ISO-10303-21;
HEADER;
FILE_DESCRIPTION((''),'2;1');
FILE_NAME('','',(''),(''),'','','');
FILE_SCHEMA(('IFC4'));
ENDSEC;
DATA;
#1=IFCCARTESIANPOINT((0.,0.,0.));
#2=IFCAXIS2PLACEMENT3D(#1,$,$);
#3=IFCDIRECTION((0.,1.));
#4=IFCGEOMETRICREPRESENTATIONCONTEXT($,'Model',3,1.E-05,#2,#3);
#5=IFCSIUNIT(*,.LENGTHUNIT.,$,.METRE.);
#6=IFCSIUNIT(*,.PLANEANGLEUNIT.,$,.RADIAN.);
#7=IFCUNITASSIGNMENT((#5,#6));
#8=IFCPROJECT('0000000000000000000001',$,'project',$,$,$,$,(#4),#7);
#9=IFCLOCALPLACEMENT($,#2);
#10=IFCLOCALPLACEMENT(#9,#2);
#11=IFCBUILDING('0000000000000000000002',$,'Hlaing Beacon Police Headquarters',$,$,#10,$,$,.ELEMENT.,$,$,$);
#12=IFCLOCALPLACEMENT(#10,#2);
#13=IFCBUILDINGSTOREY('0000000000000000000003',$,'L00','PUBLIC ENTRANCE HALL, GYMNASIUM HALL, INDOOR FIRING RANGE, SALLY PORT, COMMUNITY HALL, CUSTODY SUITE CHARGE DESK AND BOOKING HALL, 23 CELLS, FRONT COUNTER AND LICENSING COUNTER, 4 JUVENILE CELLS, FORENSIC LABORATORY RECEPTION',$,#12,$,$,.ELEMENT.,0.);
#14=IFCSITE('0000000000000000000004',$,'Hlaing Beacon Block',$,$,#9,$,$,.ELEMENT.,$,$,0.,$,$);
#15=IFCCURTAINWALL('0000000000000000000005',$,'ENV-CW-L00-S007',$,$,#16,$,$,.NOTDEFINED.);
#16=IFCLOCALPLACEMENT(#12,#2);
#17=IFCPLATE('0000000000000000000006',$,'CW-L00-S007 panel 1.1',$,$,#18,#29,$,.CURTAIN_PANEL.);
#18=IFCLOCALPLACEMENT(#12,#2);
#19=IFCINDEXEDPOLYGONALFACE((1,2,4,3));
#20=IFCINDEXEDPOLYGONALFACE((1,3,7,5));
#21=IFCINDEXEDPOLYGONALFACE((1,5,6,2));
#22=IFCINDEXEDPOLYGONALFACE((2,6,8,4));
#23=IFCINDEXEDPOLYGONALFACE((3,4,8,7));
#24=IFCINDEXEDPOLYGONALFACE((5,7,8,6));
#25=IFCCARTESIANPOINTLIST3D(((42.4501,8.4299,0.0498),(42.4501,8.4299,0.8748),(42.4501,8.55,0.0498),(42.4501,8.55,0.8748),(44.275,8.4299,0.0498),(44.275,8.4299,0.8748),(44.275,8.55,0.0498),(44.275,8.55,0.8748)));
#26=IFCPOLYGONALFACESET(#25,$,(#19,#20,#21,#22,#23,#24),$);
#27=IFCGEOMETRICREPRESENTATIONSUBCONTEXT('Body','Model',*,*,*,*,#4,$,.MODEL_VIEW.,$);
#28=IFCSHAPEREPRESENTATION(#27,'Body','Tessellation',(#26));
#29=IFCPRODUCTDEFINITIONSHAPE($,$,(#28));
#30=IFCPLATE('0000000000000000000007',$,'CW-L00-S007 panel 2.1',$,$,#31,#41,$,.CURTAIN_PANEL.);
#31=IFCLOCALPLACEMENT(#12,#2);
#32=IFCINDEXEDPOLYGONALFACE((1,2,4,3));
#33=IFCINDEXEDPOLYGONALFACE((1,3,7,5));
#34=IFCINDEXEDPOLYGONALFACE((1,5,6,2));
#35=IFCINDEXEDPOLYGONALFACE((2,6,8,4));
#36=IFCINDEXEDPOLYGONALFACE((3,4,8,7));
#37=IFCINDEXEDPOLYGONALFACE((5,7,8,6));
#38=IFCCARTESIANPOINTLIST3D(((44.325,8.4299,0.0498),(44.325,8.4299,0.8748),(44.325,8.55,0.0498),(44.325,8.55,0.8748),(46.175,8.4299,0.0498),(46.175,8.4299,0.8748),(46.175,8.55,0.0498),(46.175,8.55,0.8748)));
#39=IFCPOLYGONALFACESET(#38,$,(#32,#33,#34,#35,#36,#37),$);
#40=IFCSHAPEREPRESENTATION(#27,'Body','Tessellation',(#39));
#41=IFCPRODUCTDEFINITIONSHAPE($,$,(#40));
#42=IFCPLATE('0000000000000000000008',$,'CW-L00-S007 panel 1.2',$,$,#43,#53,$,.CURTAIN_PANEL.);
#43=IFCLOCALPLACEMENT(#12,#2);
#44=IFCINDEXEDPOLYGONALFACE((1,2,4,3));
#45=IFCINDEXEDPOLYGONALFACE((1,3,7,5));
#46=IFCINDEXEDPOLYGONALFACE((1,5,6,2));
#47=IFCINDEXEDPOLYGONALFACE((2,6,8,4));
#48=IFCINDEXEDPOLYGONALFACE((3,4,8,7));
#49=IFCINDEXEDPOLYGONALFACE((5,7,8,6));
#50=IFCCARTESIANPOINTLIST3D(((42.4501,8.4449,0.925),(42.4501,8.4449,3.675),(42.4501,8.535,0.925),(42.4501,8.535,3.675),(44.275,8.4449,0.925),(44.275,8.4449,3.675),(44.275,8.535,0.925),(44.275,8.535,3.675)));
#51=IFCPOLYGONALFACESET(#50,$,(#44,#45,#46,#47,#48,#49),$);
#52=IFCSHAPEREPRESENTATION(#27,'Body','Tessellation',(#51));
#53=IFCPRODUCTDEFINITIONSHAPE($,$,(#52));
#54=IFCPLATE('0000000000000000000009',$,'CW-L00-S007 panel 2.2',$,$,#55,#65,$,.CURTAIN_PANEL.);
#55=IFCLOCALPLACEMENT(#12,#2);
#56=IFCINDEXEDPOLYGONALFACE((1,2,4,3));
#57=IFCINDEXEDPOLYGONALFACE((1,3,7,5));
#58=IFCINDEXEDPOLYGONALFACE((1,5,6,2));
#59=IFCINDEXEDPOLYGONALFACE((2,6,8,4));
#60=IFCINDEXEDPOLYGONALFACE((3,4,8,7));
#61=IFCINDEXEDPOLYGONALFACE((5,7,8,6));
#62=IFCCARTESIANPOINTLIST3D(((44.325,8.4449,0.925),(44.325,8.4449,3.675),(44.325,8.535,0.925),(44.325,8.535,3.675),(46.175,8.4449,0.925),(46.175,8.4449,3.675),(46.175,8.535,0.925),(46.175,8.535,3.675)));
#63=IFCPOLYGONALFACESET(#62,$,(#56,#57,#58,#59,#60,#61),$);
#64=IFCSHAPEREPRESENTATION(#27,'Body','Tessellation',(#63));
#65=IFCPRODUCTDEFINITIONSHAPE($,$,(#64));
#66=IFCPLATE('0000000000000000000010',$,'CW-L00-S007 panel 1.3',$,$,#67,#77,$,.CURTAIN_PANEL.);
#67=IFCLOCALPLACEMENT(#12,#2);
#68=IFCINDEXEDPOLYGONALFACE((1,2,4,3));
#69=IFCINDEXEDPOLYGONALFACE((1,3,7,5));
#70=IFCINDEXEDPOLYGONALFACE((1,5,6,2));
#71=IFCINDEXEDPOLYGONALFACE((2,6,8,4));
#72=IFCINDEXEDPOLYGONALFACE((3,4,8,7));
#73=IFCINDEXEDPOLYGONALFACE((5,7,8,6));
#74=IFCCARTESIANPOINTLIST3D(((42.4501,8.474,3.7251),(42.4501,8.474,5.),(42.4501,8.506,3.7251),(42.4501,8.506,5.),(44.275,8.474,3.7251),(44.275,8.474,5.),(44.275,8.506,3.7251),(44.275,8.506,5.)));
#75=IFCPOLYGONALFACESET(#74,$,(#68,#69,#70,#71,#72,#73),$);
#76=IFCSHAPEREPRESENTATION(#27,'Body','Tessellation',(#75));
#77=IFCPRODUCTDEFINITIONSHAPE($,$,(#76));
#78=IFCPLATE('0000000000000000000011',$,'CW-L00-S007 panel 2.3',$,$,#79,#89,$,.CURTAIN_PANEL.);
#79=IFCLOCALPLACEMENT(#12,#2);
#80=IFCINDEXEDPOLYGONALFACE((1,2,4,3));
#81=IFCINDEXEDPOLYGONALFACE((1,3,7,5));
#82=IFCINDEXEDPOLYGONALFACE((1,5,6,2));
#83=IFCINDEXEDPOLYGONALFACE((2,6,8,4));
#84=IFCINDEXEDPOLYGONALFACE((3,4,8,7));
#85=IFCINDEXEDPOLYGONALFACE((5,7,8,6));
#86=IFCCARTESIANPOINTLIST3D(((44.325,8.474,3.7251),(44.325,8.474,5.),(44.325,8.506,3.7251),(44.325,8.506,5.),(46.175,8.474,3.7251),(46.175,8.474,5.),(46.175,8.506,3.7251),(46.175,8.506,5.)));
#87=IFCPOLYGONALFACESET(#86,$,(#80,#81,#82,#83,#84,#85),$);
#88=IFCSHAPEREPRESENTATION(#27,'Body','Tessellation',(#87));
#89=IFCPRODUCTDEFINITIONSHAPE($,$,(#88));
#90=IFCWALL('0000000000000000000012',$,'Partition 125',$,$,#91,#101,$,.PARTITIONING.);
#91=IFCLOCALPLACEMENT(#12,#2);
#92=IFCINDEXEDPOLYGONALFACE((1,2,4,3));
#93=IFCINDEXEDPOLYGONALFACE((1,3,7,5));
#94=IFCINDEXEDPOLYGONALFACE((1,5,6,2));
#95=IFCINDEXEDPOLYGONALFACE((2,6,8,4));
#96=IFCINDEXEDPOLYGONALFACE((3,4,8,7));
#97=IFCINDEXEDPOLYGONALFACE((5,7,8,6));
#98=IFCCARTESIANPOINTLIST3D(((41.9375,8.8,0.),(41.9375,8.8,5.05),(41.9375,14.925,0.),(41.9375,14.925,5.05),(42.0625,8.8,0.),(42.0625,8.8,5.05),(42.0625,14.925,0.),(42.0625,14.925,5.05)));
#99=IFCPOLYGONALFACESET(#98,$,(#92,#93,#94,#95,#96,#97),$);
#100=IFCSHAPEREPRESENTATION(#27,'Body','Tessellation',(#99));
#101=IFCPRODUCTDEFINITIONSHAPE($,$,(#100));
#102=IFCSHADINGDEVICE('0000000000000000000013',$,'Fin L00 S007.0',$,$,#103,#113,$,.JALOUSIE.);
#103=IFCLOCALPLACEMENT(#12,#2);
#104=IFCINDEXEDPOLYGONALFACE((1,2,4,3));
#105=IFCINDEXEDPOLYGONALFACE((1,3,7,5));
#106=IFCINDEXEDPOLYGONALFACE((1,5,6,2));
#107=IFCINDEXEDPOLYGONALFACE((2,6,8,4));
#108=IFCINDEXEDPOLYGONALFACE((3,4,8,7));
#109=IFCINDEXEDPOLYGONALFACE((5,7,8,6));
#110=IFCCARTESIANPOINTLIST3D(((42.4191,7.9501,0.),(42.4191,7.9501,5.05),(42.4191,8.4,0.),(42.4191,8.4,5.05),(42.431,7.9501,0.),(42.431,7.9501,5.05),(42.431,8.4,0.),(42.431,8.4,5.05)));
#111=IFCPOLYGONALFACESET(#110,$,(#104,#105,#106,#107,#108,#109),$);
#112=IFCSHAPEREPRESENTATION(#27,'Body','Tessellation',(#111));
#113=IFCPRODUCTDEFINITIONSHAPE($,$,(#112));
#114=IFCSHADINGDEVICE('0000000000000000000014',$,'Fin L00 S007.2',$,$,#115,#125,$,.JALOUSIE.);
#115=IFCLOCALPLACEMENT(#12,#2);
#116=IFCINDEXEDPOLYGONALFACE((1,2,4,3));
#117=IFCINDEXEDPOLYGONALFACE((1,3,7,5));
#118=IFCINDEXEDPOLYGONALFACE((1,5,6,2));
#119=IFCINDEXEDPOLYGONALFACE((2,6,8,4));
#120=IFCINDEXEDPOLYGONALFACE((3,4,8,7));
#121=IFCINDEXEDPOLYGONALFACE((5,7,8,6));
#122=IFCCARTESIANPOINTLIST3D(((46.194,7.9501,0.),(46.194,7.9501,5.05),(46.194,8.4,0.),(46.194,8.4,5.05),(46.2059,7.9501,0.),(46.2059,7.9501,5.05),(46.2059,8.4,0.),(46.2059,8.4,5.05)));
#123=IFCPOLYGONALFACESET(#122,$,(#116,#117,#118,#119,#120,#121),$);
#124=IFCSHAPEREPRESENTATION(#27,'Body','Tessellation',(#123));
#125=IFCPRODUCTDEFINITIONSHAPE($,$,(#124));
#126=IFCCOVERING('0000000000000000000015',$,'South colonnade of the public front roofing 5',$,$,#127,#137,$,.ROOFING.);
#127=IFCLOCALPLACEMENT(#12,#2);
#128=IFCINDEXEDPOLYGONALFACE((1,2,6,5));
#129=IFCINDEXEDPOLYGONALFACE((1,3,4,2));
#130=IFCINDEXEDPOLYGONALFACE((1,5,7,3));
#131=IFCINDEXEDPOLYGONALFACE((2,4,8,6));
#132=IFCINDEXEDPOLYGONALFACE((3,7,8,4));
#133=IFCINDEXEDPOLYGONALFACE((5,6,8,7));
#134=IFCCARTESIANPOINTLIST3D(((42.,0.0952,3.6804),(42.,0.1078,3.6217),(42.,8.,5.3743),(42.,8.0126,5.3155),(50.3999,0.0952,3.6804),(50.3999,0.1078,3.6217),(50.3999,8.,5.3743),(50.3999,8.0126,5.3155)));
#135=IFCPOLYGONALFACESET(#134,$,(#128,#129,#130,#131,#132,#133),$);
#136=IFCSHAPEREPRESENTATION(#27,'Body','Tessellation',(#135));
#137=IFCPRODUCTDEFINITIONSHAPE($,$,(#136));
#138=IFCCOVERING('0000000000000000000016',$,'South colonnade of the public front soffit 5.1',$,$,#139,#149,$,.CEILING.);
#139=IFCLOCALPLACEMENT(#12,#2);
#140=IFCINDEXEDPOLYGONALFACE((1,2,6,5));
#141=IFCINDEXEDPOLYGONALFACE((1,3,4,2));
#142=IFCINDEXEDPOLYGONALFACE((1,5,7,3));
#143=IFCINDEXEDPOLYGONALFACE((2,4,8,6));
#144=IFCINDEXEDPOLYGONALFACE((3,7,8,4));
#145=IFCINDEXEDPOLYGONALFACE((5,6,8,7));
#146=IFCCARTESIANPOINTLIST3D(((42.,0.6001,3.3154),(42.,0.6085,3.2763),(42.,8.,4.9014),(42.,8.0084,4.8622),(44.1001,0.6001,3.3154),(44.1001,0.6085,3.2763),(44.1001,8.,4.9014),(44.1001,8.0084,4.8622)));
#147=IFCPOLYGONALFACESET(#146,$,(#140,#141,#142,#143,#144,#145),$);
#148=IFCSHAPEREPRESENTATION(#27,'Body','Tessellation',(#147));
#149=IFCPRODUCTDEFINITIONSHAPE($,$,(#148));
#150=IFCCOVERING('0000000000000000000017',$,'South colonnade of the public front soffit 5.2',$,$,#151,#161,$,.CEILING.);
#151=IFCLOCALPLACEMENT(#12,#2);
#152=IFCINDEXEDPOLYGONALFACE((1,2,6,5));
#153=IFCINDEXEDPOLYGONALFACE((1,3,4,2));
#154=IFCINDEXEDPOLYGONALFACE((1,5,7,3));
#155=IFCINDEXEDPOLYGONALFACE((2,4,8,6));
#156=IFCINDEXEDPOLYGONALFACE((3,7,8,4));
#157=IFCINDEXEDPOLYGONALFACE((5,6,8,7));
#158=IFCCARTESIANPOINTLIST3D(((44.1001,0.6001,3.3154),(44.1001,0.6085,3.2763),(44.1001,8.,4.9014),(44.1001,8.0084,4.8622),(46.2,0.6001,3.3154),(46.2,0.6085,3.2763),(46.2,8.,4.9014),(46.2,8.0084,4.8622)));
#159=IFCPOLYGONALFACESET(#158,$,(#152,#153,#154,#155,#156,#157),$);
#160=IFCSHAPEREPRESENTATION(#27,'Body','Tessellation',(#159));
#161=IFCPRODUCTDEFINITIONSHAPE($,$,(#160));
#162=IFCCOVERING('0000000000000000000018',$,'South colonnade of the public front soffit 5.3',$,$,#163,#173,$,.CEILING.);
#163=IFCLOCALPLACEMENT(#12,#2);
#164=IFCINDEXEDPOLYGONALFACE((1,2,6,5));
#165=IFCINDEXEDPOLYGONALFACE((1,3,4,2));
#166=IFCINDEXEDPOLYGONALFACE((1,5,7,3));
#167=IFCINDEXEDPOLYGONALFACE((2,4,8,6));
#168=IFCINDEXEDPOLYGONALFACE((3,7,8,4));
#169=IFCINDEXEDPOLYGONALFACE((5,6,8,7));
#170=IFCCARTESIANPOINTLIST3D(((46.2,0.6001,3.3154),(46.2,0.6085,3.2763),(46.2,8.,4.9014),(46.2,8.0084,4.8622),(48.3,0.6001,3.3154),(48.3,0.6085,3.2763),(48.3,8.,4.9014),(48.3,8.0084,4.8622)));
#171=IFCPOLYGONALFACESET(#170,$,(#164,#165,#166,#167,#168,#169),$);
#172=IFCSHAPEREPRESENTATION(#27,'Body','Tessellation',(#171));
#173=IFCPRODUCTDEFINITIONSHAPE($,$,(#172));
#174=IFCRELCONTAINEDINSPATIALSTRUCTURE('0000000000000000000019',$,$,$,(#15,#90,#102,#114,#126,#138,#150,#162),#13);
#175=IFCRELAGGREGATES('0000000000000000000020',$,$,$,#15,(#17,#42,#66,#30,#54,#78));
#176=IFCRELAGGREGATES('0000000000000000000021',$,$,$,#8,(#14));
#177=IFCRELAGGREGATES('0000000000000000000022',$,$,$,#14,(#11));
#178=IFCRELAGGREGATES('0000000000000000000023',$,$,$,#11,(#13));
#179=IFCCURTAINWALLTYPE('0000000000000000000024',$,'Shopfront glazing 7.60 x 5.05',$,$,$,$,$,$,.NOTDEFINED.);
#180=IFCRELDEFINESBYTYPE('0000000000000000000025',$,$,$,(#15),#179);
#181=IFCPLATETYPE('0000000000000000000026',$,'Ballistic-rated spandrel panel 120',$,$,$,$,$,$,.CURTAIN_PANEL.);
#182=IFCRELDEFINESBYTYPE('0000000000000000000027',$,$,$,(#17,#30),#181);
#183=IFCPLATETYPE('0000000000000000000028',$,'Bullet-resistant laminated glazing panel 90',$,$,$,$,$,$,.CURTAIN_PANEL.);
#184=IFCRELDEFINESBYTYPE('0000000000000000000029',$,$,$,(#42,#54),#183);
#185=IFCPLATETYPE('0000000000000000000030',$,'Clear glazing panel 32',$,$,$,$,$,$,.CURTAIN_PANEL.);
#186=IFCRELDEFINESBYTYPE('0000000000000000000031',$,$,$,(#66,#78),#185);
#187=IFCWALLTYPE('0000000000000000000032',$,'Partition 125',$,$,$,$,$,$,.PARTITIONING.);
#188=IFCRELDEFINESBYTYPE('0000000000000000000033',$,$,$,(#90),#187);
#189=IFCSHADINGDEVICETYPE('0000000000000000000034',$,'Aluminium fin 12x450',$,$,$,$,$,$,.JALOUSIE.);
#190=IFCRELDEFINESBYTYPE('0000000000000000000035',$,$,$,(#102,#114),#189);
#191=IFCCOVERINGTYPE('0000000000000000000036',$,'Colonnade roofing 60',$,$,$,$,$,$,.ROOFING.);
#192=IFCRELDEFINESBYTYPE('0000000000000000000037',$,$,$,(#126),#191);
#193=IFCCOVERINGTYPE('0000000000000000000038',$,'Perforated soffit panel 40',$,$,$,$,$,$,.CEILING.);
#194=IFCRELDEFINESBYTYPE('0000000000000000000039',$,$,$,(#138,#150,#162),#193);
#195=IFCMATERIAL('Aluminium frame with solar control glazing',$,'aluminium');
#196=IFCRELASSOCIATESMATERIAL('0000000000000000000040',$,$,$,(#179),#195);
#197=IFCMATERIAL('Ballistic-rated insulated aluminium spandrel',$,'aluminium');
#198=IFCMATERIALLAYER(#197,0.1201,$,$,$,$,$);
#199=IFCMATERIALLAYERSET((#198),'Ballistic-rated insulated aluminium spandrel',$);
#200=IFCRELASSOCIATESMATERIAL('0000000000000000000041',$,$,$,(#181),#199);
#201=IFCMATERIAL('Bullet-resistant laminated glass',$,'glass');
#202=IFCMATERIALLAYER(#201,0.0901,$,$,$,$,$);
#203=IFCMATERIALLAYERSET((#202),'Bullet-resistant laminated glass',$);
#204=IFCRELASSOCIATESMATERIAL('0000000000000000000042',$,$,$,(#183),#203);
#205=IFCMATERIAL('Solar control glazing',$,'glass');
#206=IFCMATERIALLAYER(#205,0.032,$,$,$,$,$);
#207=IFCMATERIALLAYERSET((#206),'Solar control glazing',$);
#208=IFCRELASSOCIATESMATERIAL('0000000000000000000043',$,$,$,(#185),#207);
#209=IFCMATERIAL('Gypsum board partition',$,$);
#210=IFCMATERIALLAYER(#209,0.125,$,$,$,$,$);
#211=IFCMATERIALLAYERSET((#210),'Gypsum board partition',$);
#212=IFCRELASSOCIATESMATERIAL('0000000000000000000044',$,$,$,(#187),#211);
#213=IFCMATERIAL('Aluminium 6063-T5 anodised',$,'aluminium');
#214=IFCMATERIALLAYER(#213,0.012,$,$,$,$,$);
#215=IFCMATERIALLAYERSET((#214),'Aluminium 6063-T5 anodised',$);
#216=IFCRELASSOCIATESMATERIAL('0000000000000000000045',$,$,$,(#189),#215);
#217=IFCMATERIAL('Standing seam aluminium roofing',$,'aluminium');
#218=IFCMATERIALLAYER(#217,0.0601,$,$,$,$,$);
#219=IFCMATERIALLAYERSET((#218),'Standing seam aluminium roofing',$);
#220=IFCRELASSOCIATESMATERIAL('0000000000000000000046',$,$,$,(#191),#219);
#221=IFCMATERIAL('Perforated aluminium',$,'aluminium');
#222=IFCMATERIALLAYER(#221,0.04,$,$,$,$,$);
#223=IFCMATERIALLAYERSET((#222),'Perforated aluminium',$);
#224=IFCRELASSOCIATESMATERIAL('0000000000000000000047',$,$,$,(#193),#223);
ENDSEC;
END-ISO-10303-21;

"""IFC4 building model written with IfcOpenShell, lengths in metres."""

from ifc_helpers import new_model, si_unit, direction, frame, frame_2d, origin, origin_2d, place, context, subcontext, project, spatial, polyline, rectangle, outline, extrude, material, layer, layer_set, type_object, element, aggregate, save


model = new_model("IFC4")

# Units and contexts
model_context = context("Model", 3, precision=1e-05, world=origin(), true_north=direction((0.0, 1.0)))
body_context = subcontext(model_context, "Body", "Model", "MODEL_VIEW")
ifc_project = project(units=[si_unit("LENGTHUNIT", "METRE"), si_unit("PLANEANGLEUNIT", "RADIAN")], contexts=[model_context])

# Site, building, storey
site_placement = place(None, origin())
site = spatial("IfcSite", under=ifc_project, at=site_placement, Name="Hlaing Beacon Block", CompositionType="ELEMENT", RefElevation=0.0)
building_placement = place(site_placement, origin())
building = spatial("IfcBuilding", under=site, at=building_placement, Name="Hlaing Beacon Police Headquarters", CompositionType="ELEMENT")
storey_placement = place(building_placement, origin())
storey = spatial("IfcBuildingStorey", under=building, at=storey_placement, Name="L00", Description="PUBLIC ENTRANCE HALL, GYMNASIUM HALL, INDOOR FIRING RANGE, SALLY PORT, COMMUNITY HALL, CUSTODY SUITE CHARGE DESK AND BOOKING HALL, 23 CELLS, FRONT COUNTER AND LICENSING COUNTER, 4 JUVENILE CELLS, FORENSIC LABORATORY RECEPTION", CompositionType="ELEMENT", Elevation=0.0)

# Curtain wall, plates
ifc_material_1 = material(Name="Aluminium frame with solar control glazing", Category="aluminium")
curtain_wall_type = type_object("IfcCurtainWallType", Name="Shopfront glazing 7.60 x 5.05", PredefinedType="NOTDEFINED", material=ifc_material_1)
curtain_wall_placement = place(storey_placement, origin())
curtain_wall = element("IfcCurtainWall", 1, at=curtain_wall_placement, inside=storey, type_object=curtain_wall_type, Name="ENV-CW-L00-S007", PredefinedType="NOTDEFINED")
ifc_material_2 = material(Name="Ballistic-rated insulated aluminium spandrel", Category="aluminium")
ifc_layer_1 = layer(ifc_material_2, 0.1201)
ifc_layer_set_1 = layer_set([ifc_layer_1], Name="Ballistic-rated insulated aluminium spandrel")
plate_type_1 = type_object("IfcPlateType", Name="Ballistic-rated spandrel panel 120", PredefinedType="CURTAIN_PANEL", material=ifc_layer_set_1)
plate_1_placement = place(storey_placement, frame((43.3625, 8.49, 0.0498), z_axis=(0.0, 0.0, 1.0), x_axis=(1.0, 0.0, 0.0)))
plate_1 = element("IfcPlate", 2, at=plate_1_placement, type_object=plate_type_1, Name="CW-L00-S007 panel 1.1", PredefinedType="CURTAIN_PANEL", context=body_context, shape_type="SweptSolid", body=[
    extrude(rectangle(XDim=1.825, YDim=0.1201, at=origin_2d()), origin(), (0.0, 0.0, 1.0), 0.825),
])
plate_2_placement = place(storey_placement, frame((45.25, 8.49, 0.0498), z_axis=(0.0, 0.0, 1.0), x_axis=(1.0, 0.0, 0.0)))
plate_2 = element("IfcPlate", 3, at=plate_2_placement, type_object=plate_type_1, Name="CW-L00-S007 panel 2.1", PredefinedType="CURTAIN_PANEL", context=body_context, shape_type="SweptSolid", body=[
    extrude(rectangle(XDim=1.8501, YDim=0.1201, at=origin_2d()), origin(), (0.0, 0.0, 1.0), 0.825),
])
ifc_material_3 = material(Name="Bullet-resistant laminated glass", Category="glass")
ifc_layer_2 = layer(ifc_material_3, 0.0901)
ifc_layer_set_2 = layer_set([ifc_layer_2], Name="Bullet-resistant laminated glass")
plate_type_2 = type_object("IfcPlateType", Name="Bullet-resistant laminated glazing panel 90", PredefinedType="CURTAIN_PANEL", material=ifc_layer_set_2)
plate_3_placement = place(storey_placement, frame((43.3625, 8.49, 0.925), z_axis=(0.0, 0.0, 1.0), x_axis=(1.0, 0.0, 0.0)))
plate_3 = element("IfcPlate", 4, at=plate_3_placement, type_object=plate_type_2, Name="CW-L00-S007 panel 1.2", PredefinedType="CURTAIN_PANEL", context=body_context, shape_type="SweptSolid", body=[
    extrude(rectangle(XDim=1.825, YDim=0.0901, at=origin_2d()), origin(), (0.0, 0.0, 1.0), 2.75),
])
plate_4_placement = place(storey_placement, frame((45.25, 8.49, 0.925), z_axis=(0.0, 0.0, 1.0), x_axis=(1.0, 0.0, 0.0)))
plate_4 = element("IfcPlate", 5, at=plate_4_placement, type_object=plate_type_2, Name="CW-L00-S007 panel 2.2", PredefinedType="CURTAIN_PANEL", context=body_context, shape_type="SweptSolid", body=[
    extrude(rectangle(XDim=1.8501, YDim=0.0901, at=origin_2d()), origin(), (0.0, 0.0, 1.0), 2.75),
])
ifc_material_4 = material(Name="Solar control glazing", Category="glass")
ifc_layer_3 = layer(ifc_material_4, 0.032)
ifc_layer_set_3 = layer_set([ifc_layer_3], Name="Solar control glazing")
plate_type_3 = type_object("IfcPlateType", Name="Clear glazing panel 32", PredefinedType="CURTAIN_PANEL", material=ifc_layer_set_3)
plate_5_placement = place(storey_placement, frame((43.3625, 8.49, 3.7251), z_axis=(0.0, 0.0, 1.0), x_axis=(1.0, 0.0, 0.0)))
plate_5 = element("IfcPlate", 6, at=plate_5_placement, type_object=plate_type_3, Name="CW-L00-S007 panel 1.3", PredefinedType="CURTAIN_PANEL", context=body_context, shape_type="SweptSolid", body=[
    extrude(rectangle(XDim=1.825, YDim=0.032, at=origin_2d()), origin(), (0.0, 0.0, 1.0), 1.2749),
])
plate_6_placement = place(storey_placement, frame((45.25, 8.49, 3.7251), z_axis=(0.0, 0.0, 1.0), x_axis=(1.0, 0.0, 0.0)))
plate_6 = element("IfcPlate", 7, at=plate_6_placement, type_object=plate_type_3, Name="CW-L00-S007 panel 2.3", PredefinedType="CURTAIN_PANEL", context=body_context, shape_type="SweptSolid", body=[
    extrude(rectangle(XDim=1.8501, YDim=0.032, at=origin_2d()), origin(), (0.0, 0.0, 1.0), 1.2749),
])
aggregate(curtain_wall, [plate_1, plate_3, plate_5, plate_2, plate_4, plate_6])

# Wall
ifc_material_5 = material(Name="Gypsum board partition")
ifc_layer_4 = layer(ifc_material_5, 0.125)
ifc_layer_set_4 = layer_set([ifc_layer_4], Name="Gypsum board partition")
wall_type = type_object("IfcWallType", Name="Partition 125", PredefinedType="PARTITIONING", material=ifc_layer_set_4)
wall_placement = place(storey_placement, frame((42.0, 8.8, 0.0), z_axis=(0.0, 0.0, 1.0), x_axis=(0.0, 1.0, 0.0)))
element("IfcWall", 8, at=wall_placement, inside=storey, type_object=wall_type, Name="Partition 125", PredefinedType="PARTITIONING", context=body_context, shape_type="SweptSolid", body=[
    extrude(rectangle(XDim=6.125, YDim=0.125, at=frame_2d((3.0625, 0.0))), origin(), (0.0, 0.0, 1.0), 5.05),
])

# Shading devices
ifc_material_6 = material(Name="Aluminium 6063-T5 anodised", Category="aluminium")
ifc_layer_5 = layer(ifc_material_6, 0.012)
ifc_layer_set_5 = layer_set([ifc_layer_5], Name="Aluminium 6063-T5 anodised")
shading_device_type = type_object("IfcShadingDeviceType", Name="Aluminium fin 12x450", PredefinedType="JALOUSIE", material=ifc_layer_set_5)
for number, where, z_axis, x_axis, name in (
    (9, (42.425, 8.175, 0.0), (0.0, 0.0, 1.0), (1.0, 0.0, 0.0), "Fin L00 S007.0"),
    (10, (46.2, 8.175, 0.0), (0.0, 0.0, 1.0), (1.0, 0.0, 0.0), "Fin L00 S007.2"),
):
    element("IfcShadingDevice", number, at=place(storey_placement, frame(where, z_axis=z_axis, x_axis=x_axis)), inside=storey, type_object=shading_device_type, Name=name, PredefinedType="JALOUSIE", context=body_context, shape_type="SweptSolid", body=[
        extrude(rectangle(XDim=0.012, YDim=0.45, at=origin_2d()), origin(), (0.0, 0.0, 1.0), 5.05),
    ])

# Coverings
ifc_material_7 = material(Name="Standing seam aluminium roofing", Category="aluminium")
ifc_layer_6 = layer(ifc_material_7, 0.0601)
ifc_layer_set_6 = layer_set([ifc_layer_6], Name="Standing seam aluminium roofing")
covering_type_1 = type_object("IfcCoveringType", Name="Colonnade roofing 60", PredefinedType="ROOFING", material=ifc_layer_set_6)
covering_1_placement = place(storey_placement, frame((42.0, 0.0952, 3.6804), z_axis=(0.0, -0.209525, 0.977803), x_axis=(1.0, 0.0, 0.0)))
element("IfcCovering", 11, at=covering_1_placement, inside=storey, type_object=covering_type_1, Name="South colonnade of the public front roofing 5", PredefinedType="ROOFING", context=body_context, shape_type="SweptSolid", body=[
    extrude(outline(polyline([(0.0, 0.0), (8.3999, 0.0), (8.3999, 8.0842), (0.0, 8.0842), (0.0, 0.0)])), origin(), (0.0, 0.0, -1.0), 0.0601),
])
ifc_material_8 = material(Name="Perforated aluminium", Category="aluminium")
ifc_layer_7 = layer(ifc_material_8, 0.04)
ifc_layer_set_7 = layer_set([ifc_layer_7], Name="Perforated aluminium")
covering_type_2 = type_object("IfcCoveringType", Name="Perforated soffit panel 40", PredefinedType="CEILING", material=ifc_layer_set_7)
covering_2_placement = place(storey_placement, frame((42.0, 0.6001, 3.3154), z_axis=(0.0, -0.20956, 0.977796), x_axis=(1.0, 0.0, 0.0)))
element("IfcCovering", 12, at=covering_2_placement, inside=storey, type_object=covering_type_2, Name="South colonnade of the public front soffit 5.1", PredefinedType="CEILING", context=body_context, shape_type="SweptSolid", body=[
    extrude(outline(polyline([(0.0, 0.0), (2.1001, 0.0), (2.1001, 7.5679), (0.0, 7.5679), (0.0, 0.0)])), origin(), (0.0, 0.0, -1.0), 0.04),
])
covering_3_placement = place(storey_placement, frame((44.1001, 0.6001, 3.3154), z_axis=(0.0, -0.20956, 0.977796), x_axis=(1.0, 0.0, 0.0)))
element("IfcCovering", 13, at=covering_3_placement, inside=storey, type_object=covering_type_2, Name="South colonnade of the public front soffit 5.2", PredefinedType="CEILING", context=body_context, shape_type="SweptSolid", body=[
    extrude(outline(polyline([(0.0, 0.0), (2.0999, 0.0), (2.0999, 7.5679), (0.0, 7.5679), (0.0, 0.0)])), origin(), (0.0, 0.0, -1.0), 0.04),
])
covering_4_placement = place(storey_placement, frame((46.2, 0.6001, 3.3154), z_axis=(0.0, -0.20956, 0.977796), x_axis=(1.0, 0.0, 0.0)))
element("IfcCovering", 14, at=covering_4_placement, inside=storey, type_object=covering_type_2, Name="South colonnade of the public front soffit 5.3", PredefinedType="CEILING", context=body_context, shape_type="SweptSolid", body=[
    extrude(outline(polyline([(0.0, 0.0), (2.1001, 0.0), (2.1001, 7.5679), (0.0, 7.5679), (0.0, 0.0)])), origin(), (0.0, 0.0, -1.0), 0.04),
])

save(model, "model.ifc")
